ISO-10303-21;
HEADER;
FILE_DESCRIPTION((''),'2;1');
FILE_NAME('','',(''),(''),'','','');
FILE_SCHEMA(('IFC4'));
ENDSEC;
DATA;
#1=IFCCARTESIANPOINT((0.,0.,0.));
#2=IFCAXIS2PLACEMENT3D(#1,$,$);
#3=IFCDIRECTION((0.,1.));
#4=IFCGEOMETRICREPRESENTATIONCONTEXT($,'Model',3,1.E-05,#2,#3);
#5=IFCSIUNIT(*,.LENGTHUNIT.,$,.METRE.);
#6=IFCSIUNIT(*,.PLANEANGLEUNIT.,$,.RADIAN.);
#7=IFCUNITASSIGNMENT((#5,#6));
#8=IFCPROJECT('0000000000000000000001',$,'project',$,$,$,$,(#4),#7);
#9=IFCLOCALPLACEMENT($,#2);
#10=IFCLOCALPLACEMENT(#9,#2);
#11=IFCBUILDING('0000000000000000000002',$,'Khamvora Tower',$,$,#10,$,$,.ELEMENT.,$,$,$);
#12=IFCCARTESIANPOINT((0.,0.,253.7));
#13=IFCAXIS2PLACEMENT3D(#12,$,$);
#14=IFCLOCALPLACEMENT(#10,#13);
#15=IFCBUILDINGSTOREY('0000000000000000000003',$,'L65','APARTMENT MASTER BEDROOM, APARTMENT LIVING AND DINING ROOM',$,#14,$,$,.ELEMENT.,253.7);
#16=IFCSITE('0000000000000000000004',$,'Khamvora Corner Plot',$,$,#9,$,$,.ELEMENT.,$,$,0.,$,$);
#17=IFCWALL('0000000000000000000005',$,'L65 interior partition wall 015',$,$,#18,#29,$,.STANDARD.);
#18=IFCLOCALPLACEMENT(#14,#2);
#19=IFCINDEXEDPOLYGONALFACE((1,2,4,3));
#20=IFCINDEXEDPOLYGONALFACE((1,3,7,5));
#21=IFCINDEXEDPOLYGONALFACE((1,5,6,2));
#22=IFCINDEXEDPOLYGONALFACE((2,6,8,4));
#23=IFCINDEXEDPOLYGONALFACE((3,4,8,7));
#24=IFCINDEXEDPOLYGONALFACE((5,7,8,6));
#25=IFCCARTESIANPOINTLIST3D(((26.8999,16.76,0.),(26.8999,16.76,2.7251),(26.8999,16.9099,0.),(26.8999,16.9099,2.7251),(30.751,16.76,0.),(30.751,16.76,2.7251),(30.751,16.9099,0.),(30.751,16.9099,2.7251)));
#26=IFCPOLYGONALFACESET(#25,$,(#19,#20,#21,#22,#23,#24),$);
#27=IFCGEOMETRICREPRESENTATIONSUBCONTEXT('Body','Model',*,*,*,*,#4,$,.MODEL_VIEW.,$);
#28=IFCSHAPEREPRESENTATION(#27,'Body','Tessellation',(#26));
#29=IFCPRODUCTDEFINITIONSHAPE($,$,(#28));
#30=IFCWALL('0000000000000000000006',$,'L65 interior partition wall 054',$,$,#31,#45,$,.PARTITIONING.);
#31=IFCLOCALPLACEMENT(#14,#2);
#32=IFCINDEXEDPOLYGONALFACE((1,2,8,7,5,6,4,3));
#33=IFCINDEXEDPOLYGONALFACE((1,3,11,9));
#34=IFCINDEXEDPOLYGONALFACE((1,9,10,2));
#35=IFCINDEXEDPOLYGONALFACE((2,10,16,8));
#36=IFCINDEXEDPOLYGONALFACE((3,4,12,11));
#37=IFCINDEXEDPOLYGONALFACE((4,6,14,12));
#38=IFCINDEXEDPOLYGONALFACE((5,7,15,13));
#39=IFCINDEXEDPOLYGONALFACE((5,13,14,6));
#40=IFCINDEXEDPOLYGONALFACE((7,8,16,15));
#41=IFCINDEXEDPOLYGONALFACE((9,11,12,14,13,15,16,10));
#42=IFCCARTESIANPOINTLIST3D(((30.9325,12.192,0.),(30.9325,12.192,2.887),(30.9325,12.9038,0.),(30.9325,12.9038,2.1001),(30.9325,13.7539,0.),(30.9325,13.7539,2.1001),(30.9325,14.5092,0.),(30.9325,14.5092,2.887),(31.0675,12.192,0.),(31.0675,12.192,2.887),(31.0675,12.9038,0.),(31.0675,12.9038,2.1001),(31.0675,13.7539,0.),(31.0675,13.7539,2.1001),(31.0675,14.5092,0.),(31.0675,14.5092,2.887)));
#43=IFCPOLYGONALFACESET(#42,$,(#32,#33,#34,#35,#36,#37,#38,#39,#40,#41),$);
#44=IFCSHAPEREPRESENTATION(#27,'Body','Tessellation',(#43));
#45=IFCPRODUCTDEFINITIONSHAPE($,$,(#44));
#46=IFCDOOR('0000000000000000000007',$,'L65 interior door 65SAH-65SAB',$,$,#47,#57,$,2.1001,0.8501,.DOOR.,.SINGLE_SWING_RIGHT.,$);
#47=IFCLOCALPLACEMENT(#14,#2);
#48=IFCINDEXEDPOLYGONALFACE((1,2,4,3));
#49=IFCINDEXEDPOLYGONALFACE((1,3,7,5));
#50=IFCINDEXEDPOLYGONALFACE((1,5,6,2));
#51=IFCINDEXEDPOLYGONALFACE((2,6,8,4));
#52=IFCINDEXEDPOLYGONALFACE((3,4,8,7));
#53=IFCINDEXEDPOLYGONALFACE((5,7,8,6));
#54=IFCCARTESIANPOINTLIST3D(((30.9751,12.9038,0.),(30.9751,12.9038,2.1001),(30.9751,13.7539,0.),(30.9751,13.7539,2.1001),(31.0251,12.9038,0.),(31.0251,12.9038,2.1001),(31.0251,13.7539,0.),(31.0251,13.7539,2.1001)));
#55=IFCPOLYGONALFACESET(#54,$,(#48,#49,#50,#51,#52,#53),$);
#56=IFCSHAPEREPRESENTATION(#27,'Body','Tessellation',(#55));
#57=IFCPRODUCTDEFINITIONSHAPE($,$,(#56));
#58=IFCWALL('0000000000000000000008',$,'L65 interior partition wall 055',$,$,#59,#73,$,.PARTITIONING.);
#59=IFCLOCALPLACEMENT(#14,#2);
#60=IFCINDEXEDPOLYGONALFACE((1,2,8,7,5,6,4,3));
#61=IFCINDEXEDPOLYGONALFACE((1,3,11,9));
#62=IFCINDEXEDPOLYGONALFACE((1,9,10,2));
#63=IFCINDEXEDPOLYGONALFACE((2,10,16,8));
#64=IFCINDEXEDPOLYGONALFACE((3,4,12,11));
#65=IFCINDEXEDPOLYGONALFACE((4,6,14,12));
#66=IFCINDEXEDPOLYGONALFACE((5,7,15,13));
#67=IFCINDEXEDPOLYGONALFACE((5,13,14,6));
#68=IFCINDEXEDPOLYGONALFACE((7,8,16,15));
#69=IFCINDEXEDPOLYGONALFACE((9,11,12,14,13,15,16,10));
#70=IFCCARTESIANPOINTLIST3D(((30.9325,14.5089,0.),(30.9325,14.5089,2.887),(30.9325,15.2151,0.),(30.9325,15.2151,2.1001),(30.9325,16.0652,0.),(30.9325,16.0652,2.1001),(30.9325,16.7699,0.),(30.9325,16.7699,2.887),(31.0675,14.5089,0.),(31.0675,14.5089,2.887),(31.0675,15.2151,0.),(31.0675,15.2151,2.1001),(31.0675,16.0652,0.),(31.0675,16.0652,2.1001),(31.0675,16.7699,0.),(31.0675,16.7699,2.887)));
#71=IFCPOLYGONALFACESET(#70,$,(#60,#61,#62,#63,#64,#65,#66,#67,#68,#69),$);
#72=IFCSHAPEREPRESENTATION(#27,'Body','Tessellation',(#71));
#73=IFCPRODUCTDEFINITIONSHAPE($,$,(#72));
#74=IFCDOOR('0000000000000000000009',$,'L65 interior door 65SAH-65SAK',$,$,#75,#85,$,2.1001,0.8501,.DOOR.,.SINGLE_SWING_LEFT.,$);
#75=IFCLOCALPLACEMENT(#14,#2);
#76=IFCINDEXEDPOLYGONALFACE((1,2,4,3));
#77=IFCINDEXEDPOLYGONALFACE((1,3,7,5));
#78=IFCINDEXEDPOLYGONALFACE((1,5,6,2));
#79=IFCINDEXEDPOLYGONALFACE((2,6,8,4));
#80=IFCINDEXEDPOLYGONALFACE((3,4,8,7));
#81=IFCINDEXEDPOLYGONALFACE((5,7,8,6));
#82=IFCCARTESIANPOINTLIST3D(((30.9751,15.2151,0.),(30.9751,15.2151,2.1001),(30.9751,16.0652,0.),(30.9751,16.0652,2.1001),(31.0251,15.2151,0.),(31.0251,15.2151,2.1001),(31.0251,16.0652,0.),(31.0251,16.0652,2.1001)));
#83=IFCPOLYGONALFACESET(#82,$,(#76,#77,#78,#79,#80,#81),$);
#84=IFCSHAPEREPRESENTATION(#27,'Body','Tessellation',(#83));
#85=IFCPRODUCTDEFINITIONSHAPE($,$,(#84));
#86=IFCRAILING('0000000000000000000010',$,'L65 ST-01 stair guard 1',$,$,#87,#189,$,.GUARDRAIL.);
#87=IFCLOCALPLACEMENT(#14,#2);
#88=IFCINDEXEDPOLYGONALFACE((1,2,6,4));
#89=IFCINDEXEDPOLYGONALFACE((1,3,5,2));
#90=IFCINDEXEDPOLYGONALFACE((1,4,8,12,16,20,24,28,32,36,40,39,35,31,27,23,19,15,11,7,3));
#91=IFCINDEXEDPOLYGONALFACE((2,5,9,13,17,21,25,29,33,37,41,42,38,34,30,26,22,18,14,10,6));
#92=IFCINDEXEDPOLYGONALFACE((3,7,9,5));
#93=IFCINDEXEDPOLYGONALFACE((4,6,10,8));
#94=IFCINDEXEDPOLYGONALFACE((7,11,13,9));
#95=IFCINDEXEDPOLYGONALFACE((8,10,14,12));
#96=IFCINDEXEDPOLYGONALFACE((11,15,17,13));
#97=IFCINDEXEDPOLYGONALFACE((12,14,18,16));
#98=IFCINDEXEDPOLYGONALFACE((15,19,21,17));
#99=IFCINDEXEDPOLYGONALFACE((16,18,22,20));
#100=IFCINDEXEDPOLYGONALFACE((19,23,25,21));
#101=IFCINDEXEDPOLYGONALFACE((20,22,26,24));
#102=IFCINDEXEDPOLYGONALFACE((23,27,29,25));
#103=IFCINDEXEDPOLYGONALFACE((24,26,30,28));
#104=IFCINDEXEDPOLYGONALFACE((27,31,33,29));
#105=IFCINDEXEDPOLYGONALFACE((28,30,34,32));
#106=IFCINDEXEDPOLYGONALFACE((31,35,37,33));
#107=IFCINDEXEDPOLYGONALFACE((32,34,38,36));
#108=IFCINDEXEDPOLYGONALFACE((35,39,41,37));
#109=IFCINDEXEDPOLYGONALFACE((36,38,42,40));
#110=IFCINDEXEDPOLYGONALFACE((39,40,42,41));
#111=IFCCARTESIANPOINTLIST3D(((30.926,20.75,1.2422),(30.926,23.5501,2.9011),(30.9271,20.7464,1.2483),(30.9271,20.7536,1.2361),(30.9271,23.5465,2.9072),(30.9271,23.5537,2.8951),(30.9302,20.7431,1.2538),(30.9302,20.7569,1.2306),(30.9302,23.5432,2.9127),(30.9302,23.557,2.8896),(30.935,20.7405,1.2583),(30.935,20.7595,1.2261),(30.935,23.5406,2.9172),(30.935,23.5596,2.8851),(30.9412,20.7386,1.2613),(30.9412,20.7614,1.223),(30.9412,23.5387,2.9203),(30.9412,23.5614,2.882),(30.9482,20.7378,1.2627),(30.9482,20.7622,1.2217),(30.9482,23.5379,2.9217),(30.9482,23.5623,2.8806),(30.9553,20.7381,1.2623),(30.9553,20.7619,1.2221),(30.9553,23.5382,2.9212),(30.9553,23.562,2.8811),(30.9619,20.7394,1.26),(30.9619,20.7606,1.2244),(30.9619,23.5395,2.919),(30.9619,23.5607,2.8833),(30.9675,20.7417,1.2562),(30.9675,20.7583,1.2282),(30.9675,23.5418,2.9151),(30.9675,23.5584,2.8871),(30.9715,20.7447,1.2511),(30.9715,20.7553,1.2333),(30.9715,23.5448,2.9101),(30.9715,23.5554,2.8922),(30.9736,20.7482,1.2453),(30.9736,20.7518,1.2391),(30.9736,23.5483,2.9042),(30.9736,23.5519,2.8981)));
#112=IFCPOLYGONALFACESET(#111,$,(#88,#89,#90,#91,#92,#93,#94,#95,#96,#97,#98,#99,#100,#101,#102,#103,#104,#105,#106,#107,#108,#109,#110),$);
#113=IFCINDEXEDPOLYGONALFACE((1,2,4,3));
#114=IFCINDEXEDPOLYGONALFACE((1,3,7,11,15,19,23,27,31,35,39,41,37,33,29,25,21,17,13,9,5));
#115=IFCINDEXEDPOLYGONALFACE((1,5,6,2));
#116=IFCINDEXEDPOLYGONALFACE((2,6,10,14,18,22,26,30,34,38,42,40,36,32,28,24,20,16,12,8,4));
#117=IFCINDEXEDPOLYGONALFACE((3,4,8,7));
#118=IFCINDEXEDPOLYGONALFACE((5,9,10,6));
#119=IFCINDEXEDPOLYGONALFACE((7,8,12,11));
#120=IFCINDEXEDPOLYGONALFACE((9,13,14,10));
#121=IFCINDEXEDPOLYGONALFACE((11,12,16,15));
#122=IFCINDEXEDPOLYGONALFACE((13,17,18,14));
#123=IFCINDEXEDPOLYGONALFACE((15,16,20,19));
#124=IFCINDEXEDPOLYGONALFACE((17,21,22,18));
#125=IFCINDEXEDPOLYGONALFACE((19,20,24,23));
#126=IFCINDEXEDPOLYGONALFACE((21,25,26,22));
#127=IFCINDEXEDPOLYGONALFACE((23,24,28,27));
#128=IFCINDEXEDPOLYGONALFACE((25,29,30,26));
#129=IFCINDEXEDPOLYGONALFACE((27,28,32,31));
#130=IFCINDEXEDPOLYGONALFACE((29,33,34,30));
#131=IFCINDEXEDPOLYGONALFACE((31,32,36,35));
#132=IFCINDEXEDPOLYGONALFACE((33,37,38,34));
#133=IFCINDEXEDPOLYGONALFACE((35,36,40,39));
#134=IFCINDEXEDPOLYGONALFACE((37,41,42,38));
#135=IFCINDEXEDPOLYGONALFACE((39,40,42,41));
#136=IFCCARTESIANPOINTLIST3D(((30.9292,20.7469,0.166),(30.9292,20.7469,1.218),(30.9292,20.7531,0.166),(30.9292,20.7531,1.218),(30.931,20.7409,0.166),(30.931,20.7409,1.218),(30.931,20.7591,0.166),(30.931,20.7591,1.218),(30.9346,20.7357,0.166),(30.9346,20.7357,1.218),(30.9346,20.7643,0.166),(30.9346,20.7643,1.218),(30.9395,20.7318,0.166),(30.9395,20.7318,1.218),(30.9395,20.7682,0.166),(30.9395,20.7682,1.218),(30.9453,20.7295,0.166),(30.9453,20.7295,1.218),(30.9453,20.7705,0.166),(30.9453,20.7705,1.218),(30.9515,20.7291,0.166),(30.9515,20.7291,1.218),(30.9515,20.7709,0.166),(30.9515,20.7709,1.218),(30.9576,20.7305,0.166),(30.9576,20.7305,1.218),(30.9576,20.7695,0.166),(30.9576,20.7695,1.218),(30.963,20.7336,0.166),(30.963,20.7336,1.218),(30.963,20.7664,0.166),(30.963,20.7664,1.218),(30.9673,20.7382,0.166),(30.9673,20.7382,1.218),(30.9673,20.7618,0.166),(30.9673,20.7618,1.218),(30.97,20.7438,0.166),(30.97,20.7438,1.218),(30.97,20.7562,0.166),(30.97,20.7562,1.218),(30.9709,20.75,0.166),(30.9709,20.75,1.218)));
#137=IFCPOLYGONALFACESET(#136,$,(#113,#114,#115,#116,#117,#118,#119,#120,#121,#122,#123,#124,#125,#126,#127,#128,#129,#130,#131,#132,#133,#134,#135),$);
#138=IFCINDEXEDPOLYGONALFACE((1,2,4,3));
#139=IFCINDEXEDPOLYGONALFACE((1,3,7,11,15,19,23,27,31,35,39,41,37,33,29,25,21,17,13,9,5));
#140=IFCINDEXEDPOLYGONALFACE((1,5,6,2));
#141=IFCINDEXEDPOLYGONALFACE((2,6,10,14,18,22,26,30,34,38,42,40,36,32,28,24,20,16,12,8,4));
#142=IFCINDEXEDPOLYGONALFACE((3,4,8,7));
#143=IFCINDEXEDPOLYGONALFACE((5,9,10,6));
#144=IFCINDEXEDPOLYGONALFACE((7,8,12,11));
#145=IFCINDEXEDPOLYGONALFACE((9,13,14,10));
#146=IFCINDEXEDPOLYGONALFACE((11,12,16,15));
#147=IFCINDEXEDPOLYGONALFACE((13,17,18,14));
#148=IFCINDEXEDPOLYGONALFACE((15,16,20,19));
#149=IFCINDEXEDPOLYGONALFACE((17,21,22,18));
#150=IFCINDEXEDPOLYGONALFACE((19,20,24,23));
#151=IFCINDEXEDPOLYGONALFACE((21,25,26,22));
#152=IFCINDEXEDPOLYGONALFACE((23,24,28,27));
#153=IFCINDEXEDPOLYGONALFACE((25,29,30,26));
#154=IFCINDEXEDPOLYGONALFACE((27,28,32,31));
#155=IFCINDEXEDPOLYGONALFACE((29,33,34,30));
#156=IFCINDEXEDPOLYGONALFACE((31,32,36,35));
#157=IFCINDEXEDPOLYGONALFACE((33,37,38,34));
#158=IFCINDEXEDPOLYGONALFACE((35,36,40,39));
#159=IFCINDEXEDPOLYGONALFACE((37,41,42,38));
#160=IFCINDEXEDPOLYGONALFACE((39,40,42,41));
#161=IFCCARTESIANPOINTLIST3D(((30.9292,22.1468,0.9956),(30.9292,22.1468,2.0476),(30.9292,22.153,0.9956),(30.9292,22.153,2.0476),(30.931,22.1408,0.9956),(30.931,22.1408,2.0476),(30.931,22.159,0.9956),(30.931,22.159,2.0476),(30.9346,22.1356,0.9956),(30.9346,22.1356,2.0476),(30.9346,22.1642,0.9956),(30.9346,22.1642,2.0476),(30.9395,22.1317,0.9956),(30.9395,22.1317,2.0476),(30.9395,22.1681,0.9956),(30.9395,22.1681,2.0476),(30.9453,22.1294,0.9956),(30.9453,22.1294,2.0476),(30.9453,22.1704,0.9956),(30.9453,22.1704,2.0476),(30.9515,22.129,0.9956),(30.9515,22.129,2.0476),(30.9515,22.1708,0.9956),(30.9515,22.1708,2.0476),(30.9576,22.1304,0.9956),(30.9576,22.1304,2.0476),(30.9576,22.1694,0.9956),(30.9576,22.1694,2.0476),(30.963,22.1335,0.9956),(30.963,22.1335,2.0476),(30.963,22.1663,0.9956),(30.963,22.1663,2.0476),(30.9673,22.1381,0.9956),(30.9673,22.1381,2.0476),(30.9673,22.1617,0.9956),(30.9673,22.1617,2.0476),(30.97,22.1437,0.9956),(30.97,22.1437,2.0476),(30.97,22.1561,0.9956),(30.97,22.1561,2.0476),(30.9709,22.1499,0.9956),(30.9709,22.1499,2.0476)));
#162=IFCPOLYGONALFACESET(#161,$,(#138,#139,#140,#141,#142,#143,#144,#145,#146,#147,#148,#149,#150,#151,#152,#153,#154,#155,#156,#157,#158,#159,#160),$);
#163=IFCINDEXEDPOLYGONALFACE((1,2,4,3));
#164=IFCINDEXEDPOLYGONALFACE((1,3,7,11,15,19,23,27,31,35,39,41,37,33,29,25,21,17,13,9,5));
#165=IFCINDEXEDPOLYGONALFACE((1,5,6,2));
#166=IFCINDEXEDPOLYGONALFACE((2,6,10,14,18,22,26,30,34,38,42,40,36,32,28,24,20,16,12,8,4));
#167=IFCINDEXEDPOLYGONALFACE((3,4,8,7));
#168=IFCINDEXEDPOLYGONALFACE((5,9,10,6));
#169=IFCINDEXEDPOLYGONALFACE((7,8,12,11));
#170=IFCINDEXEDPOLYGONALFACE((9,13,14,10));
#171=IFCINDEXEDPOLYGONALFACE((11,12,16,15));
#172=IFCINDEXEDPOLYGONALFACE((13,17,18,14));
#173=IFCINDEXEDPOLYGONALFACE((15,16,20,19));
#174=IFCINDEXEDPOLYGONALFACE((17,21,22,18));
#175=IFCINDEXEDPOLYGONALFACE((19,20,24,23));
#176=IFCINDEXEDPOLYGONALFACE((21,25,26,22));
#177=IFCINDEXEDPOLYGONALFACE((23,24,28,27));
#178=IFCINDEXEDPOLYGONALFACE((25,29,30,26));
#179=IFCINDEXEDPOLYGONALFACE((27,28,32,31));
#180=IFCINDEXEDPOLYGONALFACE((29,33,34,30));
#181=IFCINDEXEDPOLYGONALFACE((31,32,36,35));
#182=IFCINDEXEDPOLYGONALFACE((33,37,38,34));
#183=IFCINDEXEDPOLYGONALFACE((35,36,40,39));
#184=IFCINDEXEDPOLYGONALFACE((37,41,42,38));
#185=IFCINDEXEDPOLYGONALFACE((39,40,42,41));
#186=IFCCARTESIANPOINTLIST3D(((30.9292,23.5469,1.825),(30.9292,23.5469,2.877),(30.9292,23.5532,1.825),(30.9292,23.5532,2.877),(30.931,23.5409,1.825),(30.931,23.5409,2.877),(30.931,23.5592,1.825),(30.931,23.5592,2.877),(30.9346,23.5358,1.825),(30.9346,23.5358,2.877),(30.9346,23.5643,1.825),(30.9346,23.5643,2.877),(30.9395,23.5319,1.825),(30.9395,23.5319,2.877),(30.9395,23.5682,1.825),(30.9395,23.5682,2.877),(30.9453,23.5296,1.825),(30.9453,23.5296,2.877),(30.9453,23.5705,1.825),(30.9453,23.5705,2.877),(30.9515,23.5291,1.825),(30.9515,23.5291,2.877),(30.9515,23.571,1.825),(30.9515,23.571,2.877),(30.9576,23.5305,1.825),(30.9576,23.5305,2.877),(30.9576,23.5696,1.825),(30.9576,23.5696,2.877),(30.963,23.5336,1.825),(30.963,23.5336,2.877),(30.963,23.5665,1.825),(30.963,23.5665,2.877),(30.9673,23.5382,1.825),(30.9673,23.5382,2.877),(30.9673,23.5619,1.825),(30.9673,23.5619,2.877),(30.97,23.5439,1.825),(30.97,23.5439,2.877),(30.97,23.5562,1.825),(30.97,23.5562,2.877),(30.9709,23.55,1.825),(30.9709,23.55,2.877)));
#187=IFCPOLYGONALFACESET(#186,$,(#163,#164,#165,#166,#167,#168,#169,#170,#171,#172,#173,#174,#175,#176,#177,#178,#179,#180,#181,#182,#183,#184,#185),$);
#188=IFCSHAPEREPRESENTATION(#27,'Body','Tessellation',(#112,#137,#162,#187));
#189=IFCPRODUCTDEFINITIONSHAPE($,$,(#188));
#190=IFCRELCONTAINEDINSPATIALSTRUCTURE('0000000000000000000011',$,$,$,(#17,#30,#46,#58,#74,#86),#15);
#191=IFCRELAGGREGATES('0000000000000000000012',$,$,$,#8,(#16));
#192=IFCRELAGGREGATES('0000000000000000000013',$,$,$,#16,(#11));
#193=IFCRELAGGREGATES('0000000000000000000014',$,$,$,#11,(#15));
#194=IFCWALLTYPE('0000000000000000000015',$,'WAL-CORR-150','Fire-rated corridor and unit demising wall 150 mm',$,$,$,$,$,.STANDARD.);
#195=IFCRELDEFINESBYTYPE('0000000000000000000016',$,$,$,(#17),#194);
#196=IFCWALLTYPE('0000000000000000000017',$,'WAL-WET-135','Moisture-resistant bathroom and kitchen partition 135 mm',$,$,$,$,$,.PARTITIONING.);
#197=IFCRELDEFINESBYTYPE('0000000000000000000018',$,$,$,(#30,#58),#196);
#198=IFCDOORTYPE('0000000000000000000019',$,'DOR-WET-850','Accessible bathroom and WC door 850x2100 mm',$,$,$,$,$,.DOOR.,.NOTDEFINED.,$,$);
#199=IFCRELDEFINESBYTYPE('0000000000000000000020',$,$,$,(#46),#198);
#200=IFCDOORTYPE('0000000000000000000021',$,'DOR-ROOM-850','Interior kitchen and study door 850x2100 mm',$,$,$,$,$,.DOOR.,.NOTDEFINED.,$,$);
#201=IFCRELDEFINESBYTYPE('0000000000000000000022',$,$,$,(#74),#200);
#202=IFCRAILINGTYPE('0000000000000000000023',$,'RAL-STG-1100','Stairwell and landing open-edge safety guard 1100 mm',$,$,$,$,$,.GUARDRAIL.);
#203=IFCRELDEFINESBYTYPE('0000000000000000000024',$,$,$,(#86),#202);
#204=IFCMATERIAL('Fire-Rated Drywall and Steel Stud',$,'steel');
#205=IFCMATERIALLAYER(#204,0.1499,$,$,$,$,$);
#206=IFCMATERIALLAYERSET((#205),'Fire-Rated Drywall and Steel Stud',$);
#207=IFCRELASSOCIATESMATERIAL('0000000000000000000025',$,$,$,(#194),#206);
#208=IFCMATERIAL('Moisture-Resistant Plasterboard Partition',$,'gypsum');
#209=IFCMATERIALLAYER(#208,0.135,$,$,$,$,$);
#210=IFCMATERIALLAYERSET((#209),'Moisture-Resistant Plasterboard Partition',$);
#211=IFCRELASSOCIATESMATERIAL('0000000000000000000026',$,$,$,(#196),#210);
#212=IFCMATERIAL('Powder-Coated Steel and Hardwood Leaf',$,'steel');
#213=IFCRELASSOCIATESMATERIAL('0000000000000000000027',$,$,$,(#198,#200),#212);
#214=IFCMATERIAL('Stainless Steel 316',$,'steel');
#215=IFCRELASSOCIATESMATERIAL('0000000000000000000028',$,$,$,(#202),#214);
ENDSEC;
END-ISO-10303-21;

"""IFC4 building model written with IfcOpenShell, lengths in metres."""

from ifc_helpers import new_model, si_unit, direction, frame, frame_2d, origin, origin_2d, place, context, subcontext, project, spatial, rectangle, circle, extrude, material, layer, layer_set, type_object, element, fill, save


model = new_model("IFC4")

# Units and contexts
model_context = context("Model", 3, precision=1e-05, world=origin(), true_north=direction((0.0, 1.0)))
body_context = subcontext(model_context, "Body", "Model", "MODEL_VIEW")
ifc_project = project(units=[si_unit("LENGTHUNIT", "METRE"), si_unit("PLANEANGLEUNIT", "RADIAN")], contexts=[model_context])

# Site, building, storey
site_placement = place(None, origin())
site = spatial("IfcSite", under=ifc_project, at=site_placement, Name="Khamvora Corner Plot", CompositionType="ELEMENT", RefElevation=0.0)
building_placement = place(site_placement, origin())
building = spatial("IfcBuilding", under=site, at=building_placement, Name="Khamvora Tower", CompositionType="ELEMENT")
storey_placement = place(building_placement, frame((0.0, 0.0, 253.7)))
storey = spatial("IfcBuildingStorey", under=building, at=storey_placement, Name="L65", Description="APARTMENT MASTER BEDROOM, APARTMENT LIVING AND DINING ROOM", CompositionType="ELEMENT", Elevation=253.7)

# Shared definitions
ifc_material_1 = material(Name="Powder-Coated Steel and Hardwood Leaf", Category="steel")

# Wall
ifc_material_2 = material(Name="Fire-Rated Drywall and Steel Stud", Category="steel")
ifc_layer_1 = layer(ifc_material_2, 0.1499)
ifc_layer_set_1 = layer_set([ifc_layer_1], Name="Fire-Rated Drywall and Steel Stud")
wall_type_1 = type_object("IfcWallType", Name="WAL-CORR-150", Description="Fire-rated corridor and unit demising wall 150 mm", PredefinedType="STANDARD", material=ifc_layer_set_1)
wall_1_placement = place(storey_placement, frame((30.751, 16.835, 0.0), z_axis=(0.0, 0.0, 1.0), x_axis=(-1.0, 0.0, 0.0)))
element("IfcWall", 1, at=wall_1_placement, inside=storey, type_object=wall_type_1, Name="L65 interior partition wall 015", PredefinedType="STANDARD", context=body_context, shape_type="SweptSolid", body=[
    extrude(rectangle(XDim=3.8511, YDim=0.1499, at=frame_2d((1.9255, 0.0))), origin(), (0.0, 0.0, 1.0), 2.7251),
])

# Walls, openings, doors
ifc_material_3 = material(Name="Moisture-Resistant Plasterboard Partition", Category="gypsum")
ifc_layer_2 = layer(ifc_material_3, 0.135)
ifc_layer_set_2 = layer_set([ifc_layer_2], Name="Moisture-Resistant Plasterboard Partition")
wall_type_2 = type_object("IfcWallType", Name="WAL-WET-135", Description="Moisture-resistant bathroom and kitchen partition 135 mm", PredefinedType="PARTITIONING", material=ifc_layer_set_2)
wall_2_placement = place(storey_placement, frame((31.0, 12.1919, 0.0), z_axis=(0.0, 0.0, 1.0), x_axis=(0.0, 1.0, 0.0)))
wall_2 = element("IfcWall", 2, at=wall_2_placement, inside=storey, type_object=wall_type_2, Name="L65 interior partition wall 054", PredefinedType="PARTITIONING", context=body_context, shape_type="SweptSolid", body=[
    extrude(rectangle(XDim=2.3171, YDim=0.135, at=frame_2d((1.1587, 0.0))), origin(), (0.0, 0.0, 1.0), 2.887),
])
opening_1_placement = place(wall_2_placement, frame((0.7119, 0.0, 0.0)))
opening_1 = element("IfcOpeningElement", 3, at=opening_1_placement, cuts=wall_2, PredefinedType="OPENING", context=body_context, shape_type="SweptSolid", body=[
    extrude(rectangle(XDim=0.8501, YDim=2.1001, at=frame_2d((0.425, 1.05))), frame((0.0, 0.0774, 0.0), z_axis=(0.0, -1.0, 0.0), x_axis=(1.0, 0.0, 0.0)), (0.0, 0.0, 1.0), 0.155),
])
door_type_1 = type_object("IfcDoorType", Name="DOR-WET-850", Description="Accessible bathroom and WC door 850x2100 mm", OperationType="NOTDEFINED", PredefinedType="DOOR", material=ifc_material_1)
door_1_placement = place(opening_1_placement, origin())
door_1 = element("IfcDoor", 4, at=door_1_placement, inside=storey, type_object=door_type_1, Name="L65 interior door 65SAH-65SAB", OperationType="SINGLE_SWING_RIGHT", OverallHeight=2.1001, OverallWidth=0.8501, PredefinedType="DOOR", context=body_context, shape_type="SweptSolid", body=[
    extrude(rectangle(XDim=0.8501, YDim=2.1001, at=frame_2d((0.425, 1.05))), frame((0.0, 0.0249, 0.0), z_axis=(0.0, -1.0, 0.0), x_axis=(1.0, 0.0, 0.0)), (0.0, 0.0, 1.0), 0.05),
])
fill(opening_1, door_1)
wall_3_placement = place(storey_placement, frame((31.0, 14.509, 0.0), z_axis=(0.0, 0.0, 1.0), x_axis=(0.0, 1.0, 0.0)))
wall_3 = element("IfcWall", 5, at=wall_3_placement, inside=storey, type_object=wall_type_2, Name="L65 interior partition wall 055", PredefinedType="PARTITIONING", context=body_context, shape_type="SweptSolid", body=[
    extrude(rectangle(XDim=2.261, YDim=0.135, at=frame_2d((1.1304, 0.0))), origin(), (0.0, 0.0, 1.0), 2.887),
])
opening_2_placement = place(wall_3_placement, frame((0.7061, 0.0, 0.0)))
opening_2 = element("IfcOpeningElement", 6, at=opening_2_placement, cuts=wall_3, PredefinedType="OPENING", context=body_context, shape_type="SweptSolid", body=[
    extrude(rectangle(XDim=0.8501, YDim=2.1001, at=frame_2d((0.425, 1.05))), frame((0.0, 0.0774, 0.0), z_axis=(0.0, -1.0, 0.0), x_axis=(1.0, 0.0, 0.0)), (0.0, 0.0, 1.0), 0.155),
])
door_type_2 = type_object("IfcDoorType", Name="DOR-ROOM-850", Description="Interior kitchen and study door 850x2100 mm", OperationType="NOTDEFINED", PredefinedType="DOOR", material=ifc_material_1)
door_2_placement = place(opening_2_placement, origin())
door_2 = element("IfcDoor", 7, at=door_2_placement, inside=storey, type_object=door_type_2, Name="L65 interior door 65SAH-65SAK", OperationType="SINGLE_SWING_LEFT", OverallHeight=2.1001, OverallWidth=0.8501, PredefinedType="DOOR", context=body_context, shape_type="SweptSolid", body=[
    extrude(rectangle(XDim=0.8501, YDim=2.1001, at=frame_2d((0.425, 1.05))), frame((0.0, 0.0249, 0.0), z_axis=(0.0, -1.0, 0.0), x_axis=(1.0, 0.0, 0.0)), (0.0, 0.0, 1.0), 0.05),
])
fill(opening_2, door_2)

# Railing
ifc_material_4 = material(Name="Stainless Steel 316", Category="steel")
railing_type = type_object("IfcRailingType", Name="RAL-STG-1100", Description="Stairwell and landing open-edge safety guard 1100 mm", PredefinedType="GUARDRAIL", material=ifc_material_4)
railing_1_placement = place(storey_placement, frame((30.95, 20.75, 0.166)))
element("IfcRailing", 8, at=railing_1_placement, inside=storey, type_object=railing_type, Name="L65 ST-01 stair guard 1", PredefinedType="GUARDRAIL", context=body_context, shape_type="SweptSolid", body=[
    extrude(circle(Radius=0.0239, at=origin_2d()), frame((0.0, 0.0, 1.0762), z_axis=(0.0, 0.860339, 0.509722), x_axis=(-1.0, 0.0, 0.0)), (0.0, 0.0, 1.0), 3.2546),
    extrude(circle(Radius=0.021, at=origin_2d()), origin(), (0.0, 0.0, 1.0), 1.052),
    extrude(circle(Radius=0.021, at=origin_2d()), frame((0.0, 1.3999, 0.8296)), (0.0, 0.0, 1.0), 1.052),
    extrude(circle(Radius=0.021, at=origin_2d()), frame((0.0, 2.8, 1.6589)), (0.0, 0.0, 1.0), 1.052),
])

save(model, "model.ifc")
